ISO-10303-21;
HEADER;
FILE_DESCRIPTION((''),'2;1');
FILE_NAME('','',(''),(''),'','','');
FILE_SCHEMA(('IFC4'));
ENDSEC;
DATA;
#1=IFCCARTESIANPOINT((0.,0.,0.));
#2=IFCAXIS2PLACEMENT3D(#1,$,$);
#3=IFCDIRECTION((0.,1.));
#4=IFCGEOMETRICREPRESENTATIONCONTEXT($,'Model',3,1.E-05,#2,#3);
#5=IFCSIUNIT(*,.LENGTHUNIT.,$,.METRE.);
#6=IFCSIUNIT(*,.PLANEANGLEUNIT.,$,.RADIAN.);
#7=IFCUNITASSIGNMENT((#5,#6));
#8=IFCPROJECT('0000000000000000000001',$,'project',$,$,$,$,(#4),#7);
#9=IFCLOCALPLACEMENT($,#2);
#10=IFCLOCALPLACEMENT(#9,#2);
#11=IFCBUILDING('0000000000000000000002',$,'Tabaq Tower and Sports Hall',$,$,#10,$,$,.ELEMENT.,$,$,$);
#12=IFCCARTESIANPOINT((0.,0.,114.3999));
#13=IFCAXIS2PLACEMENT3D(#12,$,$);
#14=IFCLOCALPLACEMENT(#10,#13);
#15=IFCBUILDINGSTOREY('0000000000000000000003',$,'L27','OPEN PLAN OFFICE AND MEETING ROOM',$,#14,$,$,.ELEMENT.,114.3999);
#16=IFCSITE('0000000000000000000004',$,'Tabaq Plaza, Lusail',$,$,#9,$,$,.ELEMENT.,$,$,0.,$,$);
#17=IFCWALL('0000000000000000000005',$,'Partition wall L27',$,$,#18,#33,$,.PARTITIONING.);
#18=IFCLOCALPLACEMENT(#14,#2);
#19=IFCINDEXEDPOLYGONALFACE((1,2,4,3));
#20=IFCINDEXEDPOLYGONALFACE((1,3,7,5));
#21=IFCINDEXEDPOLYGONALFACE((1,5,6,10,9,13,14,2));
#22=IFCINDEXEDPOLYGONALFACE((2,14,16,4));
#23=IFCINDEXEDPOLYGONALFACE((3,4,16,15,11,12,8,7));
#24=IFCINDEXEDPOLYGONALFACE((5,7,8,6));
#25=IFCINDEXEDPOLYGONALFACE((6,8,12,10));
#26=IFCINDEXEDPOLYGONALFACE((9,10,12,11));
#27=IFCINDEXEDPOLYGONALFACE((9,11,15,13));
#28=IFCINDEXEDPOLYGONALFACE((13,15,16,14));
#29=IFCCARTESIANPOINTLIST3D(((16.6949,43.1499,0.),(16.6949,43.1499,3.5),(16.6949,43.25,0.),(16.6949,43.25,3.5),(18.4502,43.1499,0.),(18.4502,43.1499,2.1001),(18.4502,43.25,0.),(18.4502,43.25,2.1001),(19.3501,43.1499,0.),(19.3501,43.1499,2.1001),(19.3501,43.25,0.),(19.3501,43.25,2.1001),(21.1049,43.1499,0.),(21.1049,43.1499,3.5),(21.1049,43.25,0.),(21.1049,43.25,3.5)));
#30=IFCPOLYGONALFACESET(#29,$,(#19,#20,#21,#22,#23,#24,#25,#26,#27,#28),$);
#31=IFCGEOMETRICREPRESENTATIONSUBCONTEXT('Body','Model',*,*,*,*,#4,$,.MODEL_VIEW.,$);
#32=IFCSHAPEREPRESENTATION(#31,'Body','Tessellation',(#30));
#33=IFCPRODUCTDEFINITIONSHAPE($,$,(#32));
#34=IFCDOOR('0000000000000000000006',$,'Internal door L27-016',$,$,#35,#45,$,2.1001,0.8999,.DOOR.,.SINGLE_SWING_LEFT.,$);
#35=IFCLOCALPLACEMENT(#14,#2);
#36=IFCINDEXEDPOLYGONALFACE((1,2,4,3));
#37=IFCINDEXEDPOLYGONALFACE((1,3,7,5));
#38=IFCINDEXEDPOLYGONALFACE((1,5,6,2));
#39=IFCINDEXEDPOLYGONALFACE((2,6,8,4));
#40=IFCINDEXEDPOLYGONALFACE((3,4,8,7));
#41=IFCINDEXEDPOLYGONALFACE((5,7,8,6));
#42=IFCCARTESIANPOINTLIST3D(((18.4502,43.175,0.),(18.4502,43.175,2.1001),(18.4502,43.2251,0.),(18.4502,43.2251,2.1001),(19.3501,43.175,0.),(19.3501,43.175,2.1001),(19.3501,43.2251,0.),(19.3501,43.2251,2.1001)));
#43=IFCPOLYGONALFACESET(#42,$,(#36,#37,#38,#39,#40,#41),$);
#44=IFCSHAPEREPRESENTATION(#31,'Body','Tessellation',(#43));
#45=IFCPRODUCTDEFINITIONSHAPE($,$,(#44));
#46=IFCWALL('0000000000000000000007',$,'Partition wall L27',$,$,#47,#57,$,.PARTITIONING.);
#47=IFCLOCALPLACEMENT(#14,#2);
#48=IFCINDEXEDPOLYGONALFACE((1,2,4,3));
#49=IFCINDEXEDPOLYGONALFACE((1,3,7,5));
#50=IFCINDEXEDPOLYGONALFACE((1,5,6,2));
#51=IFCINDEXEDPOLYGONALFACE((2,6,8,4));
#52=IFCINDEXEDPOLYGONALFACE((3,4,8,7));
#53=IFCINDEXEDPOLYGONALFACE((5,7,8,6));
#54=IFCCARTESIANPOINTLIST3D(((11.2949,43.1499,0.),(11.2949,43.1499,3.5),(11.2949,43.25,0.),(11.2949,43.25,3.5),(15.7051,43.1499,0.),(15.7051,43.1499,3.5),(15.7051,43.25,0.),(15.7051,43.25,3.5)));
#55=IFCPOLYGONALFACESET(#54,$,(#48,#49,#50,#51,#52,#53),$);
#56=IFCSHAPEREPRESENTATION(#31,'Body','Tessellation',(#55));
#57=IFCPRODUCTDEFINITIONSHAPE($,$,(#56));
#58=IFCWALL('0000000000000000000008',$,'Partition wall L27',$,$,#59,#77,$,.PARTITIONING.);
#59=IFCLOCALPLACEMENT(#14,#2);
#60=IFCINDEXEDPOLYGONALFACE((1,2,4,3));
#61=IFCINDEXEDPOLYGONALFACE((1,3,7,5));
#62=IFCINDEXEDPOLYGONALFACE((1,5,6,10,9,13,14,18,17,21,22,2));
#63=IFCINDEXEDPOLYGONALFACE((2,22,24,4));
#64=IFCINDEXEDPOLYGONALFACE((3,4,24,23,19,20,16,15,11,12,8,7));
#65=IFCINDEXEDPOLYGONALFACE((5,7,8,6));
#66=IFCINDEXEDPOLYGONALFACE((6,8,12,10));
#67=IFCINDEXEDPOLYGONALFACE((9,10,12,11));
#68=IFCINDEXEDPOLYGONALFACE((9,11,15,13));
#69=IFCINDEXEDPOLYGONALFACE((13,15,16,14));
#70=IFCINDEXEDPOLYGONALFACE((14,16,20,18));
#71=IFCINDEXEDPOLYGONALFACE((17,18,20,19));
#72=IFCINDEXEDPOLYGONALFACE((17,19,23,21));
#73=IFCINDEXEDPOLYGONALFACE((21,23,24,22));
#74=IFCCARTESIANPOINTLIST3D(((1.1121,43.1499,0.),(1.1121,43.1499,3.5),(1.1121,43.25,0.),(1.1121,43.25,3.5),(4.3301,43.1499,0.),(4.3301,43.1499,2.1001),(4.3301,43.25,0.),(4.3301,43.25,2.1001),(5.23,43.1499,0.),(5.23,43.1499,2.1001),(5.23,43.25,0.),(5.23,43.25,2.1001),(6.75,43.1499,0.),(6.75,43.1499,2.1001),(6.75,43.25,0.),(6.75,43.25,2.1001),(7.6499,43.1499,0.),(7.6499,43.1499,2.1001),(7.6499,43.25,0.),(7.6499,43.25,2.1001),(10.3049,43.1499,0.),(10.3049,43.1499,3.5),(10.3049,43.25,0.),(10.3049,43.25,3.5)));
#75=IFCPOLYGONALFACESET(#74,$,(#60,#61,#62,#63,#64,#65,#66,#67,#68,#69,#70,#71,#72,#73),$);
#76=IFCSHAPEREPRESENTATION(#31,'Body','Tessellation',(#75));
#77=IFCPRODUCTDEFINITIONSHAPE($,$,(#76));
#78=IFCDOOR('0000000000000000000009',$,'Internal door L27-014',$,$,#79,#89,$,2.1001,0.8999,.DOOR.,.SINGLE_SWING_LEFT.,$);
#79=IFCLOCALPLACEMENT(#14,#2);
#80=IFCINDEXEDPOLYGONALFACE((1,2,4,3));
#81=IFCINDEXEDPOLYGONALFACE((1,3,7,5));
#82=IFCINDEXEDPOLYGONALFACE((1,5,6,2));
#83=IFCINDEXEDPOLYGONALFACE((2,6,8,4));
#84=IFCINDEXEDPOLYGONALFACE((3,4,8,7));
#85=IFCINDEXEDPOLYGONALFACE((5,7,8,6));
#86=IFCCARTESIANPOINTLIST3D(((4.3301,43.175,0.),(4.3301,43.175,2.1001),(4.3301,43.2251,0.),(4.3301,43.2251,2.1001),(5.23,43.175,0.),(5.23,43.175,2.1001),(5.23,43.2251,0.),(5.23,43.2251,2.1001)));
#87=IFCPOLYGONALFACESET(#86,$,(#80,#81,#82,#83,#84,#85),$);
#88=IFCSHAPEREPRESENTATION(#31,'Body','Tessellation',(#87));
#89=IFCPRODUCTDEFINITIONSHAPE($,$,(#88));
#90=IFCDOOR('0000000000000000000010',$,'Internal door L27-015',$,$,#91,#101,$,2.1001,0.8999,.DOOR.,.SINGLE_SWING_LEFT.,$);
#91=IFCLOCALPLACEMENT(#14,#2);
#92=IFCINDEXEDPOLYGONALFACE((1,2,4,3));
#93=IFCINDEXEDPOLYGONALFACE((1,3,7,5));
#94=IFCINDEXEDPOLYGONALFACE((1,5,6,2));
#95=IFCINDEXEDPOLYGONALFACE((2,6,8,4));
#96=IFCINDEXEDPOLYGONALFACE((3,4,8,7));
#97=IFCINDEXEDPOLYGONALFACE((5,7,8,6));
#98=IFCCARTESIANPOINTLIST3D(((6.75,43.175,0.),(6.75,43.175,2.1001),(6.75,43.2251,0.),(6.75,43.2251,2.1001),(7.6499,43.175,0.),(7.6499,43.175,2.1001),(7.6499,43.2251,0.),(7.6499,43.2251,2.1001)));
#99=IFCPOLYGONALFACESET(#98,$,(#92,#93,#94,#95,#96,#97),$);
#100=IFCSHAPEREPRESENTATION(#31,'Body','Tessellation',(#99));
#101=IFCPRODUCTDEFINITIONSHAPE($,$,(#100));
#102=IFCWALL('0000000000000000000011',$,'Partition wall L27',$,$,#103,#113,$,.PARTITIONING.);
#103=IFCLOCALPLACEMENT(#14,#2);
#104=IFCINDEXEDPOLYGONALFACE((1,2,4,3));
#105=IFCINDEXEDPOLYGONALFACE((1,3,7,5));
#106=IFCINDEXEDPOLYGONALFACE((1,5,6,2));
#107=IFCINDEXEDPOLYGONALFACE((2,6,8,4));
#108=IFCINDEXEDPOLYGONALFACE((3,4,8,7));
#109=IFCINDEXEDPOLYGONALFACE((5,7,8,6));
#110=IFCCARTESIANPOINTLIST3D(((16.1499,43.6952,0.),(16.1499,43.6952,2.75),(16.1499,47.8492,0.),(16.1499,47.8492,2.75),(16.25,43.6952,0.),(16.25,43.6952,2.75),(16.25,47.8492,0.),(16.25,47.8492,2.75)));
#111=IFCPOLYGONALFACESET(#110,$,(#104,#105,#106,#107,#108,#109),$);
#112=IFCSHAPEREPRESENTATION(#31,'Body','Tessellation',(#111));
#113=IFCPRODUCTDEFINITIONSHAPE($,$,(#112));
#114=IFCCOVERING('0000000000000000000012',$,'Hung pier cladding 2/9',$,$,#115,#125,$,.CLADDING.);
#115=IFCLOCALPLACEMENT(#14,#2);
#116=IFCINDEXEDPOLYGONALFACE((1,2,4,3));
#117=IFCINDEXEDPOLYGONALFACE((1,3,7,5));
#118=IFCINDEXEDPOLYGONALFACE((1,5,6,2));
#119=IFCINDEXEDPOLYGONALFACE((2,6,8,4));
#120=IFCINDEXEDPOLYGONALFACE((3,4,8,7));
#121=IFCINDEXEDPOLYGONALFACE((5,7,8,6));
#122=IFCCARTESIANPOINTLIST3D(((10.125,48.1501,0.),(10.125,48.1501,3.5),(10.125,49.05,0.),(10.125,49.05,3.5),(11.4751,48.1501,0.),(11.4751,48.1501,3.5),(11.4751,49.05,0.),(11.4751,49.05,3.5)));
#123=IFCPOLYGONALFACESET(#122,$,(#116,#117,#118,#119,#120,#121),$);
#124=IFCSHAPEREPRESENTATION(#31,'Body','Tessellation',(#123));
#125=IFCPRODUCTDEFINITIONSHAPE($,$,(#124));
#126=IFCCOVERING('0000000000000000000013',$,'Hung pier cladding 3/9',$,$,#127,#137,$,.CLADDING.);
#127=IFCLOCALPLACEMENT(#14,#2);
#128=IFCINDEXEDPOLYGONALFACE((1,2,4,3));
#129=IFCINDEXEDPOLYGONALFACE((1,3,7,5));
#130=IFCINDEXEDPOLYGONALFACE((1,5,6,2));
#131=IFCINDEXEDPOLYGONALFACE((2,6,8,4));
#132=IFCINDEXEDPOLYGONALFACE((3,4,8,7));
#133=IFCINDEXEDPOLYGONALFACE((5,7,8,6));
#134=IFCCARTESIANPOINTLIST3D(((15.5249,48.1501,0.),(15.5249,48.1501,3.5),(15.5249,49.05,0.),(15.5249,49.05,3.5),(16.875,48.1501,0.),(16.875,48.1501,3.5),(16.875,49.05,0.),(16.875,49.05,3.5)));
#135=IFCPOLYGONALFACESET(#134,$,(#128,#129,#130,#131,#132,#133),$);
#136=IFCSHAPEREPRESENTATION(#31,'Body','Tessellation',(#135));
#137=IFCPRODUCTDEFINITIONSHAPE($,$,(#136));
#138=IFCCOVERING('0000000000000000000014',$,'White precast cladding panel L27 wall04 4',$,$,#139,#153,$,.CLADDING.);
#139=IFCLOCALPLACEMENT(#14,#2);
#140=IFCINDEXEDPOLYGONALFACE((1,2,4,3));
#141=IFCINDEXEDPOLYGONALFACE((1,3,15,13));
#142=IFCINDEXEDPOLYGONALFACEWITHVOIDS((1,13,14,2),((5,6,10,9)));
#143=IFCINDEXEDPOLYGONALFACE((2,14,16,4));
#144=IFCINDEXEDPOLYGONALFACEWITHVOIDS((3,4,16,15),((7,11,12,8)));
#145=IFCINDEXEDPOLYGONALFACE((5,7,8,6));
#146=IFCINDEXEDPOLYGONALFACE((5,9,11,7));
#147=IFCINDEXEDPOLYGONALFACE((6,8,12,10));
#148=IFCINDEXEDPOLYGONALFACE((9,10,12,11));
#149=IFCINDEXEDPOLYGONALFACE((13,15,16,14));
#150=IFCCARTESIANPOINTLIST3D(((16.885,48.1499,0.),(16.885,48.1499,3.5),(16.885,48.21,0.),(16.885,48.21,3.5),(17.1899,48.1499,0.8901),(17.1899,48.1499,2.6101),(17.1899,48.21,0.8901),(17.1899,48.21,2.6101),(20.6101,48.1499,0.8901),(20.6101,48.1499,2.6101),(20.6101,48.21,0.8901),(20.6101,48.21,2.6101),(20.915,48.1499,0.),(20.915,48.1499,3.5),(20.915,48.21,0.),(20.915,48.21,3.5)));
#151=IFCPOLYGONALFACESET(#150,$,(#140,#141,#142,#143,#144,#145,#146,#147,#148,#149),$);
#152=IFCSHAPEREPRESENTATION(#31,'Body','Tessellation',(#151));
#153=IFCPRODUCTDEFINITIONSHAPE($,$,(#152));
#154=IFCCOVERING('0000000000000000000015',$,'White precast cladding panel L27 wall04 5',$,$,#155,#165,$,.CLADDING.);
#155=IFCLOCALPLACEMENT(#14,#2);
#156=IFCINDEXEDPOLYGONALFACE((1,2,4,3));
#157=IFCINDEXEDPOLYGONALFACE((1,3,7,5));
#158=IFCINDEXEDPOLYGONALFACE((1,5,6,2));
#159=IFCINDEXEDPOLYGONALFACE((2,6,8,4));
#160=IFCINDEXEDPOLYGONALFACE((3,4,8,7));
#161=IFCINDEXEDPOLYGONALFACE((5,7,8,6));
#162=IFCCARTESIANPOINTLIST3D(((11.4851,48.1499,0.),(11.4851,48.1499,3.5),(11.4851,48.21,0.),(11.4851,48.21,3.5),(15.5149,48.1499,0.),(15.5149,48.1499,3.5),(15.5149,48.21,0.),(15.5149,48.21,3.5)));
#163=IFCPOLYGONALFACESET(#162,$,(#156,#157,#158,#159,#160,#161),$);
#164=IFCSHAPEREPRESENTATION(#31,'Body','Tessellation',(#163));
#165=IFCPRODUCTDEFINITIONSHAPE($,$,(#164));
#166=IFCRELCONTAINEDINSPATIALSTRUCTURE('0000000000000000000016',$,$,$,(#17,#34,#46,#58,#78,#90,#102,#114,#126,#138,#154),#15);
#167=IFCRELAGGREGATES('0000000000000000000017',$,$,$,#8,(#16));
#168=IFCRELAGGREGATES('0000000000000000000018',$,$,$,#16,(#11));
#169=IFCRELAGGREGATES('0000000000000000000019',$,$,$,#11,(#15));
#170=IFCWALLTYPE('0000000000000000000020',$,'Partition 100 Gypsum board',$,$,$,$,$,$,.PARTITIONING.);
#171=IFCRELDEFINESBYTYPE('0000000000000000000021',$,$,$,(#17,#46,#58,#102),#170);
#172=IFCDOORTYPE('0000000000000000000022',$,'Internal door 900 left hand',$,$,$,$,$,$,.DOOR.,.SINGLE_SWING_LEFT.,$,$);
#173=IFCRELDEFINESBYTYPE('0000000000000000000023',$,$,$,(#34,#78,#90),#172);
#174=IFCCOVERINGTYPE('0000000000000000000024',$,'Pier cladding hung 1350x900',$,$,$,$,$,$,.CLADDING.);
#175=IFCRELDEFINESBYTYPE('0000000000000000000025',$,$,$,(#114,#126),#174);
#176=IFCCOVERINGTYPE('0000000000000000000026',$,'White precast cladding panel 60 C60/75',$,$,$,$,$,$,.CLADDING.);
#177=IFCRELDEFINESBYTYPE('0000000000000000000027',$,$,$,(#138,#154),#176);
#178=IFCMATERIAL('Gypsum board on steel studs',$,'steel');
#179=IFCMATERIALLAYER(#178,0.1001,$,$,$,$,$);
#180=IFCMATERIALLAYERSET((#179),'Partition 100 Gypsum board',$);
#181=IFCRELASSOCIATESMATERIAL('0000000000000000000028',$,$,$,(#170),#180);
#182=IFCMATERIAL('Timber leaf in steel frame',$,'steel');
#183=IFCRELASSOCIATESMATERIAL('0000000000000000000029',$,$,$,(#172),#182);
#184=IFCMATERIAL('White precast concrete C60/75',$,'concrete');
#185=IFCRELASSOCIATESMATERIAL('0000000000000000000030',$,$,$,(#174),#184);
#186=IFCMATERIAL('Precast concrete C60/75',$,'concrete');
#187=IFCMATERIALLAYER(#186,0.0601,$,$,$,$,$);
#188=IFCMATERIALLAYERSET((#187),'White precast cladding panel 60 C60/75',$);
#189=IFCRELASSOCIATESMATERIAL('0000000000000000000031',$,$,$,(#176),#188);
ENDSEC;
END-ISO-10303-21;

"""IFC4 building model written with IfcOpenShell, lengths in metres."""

from ifc_helpers import new_model, si_unit, direction, frame, frame_2d, origin, place, context, subcontext, project, spatial, polyline, rectangle, outline, extrude, material, layer, layer_set, type_object, element, fill, save


model = new_model("IFC4")

# Units and contexts
model_context = context("Model", 3, precision=1e-05, world=origin(), true_north=direction((0.0, 1.0)))
body_context = subcontext(model_context, "Body", "Model", "MODEL_VIEW")
ifc_project = project(units=[si_unit("LENGTHUNIT", "METRE"), si_unit("PLANEANGLEUNIT", "RADIAN")], contexts=[model_context])

# Site, building, storey
site_placement = place(None, origin())
site = spatial("IfcSite", under=ifc_project, at=site_placement, Name="Tabaq Plaza, Lusail", CompositionType="ELEMENT", RefElevation=0.0)
building_placement = place(site_placement, origin())
building = spatial("IfcBuilding", under=site, at=building_placement, Name="Tabaq Tower and Sports Hall", CompositionType="ELEMENT")
storey_placement = place(building_placement, frame((0.0, 0.0, 114.3999)))
storey = spatial("IfcBuildingStorey", under=building, at=storey_placement, Name="L27", Description="OPEN PLAN OFFICE AND MEETING ROOM", CompositionType="ELEMENT", Elevation=114.3999)

# Wall, opening, door
ifc_material_1 = material(Name="Gypsum board on steel studs", Category="steel")
ifc_layer_1 = layer(ifc_material_1, 0.1001)
ifc_layer_set_1 = layer_set([ifc_layer_1], Name="Partition 100 Gypsum board")
wall_type = type_object("IfcWallType", Name="Partition 100 Gypsum board", PredefinedType="PARTITIONING", material=ifc_layer_set_1)
ifc_material_2 = material(Name="Timber leaf in steel frame", Category="steel")
door_type_1 = type_object("IfcDoorType", Name="Internal door 900 left hand", OperationType="SINGLE_SWING_LEFT", PredefinedType="DOOR", material=ifc_material_2)
wall_1_placement = place(storey_placement, frame((21.105, 43.2, 0.0), z_axis=(0.0, 0.0, 1.0), x_axis=(-1.0, 0.0, 0.0)))
wall_1 = element("IfcWall", 1, at=wall_1_placement, inside=storey, type_object=wall_type, Name="Partition wall L27", PredefinedType="PARTITIONING", context=body_context, shape_type="SweptSolid", body=[
    extrude(rectangle(XDim=4.4099, YDim=0.1001, at=frame_2d((2.2051, 0.0))), origin(), (0.0, 0.0, 1.0), 3.5),
])
opening_1_placement = place(wall_1_placement, frame((1.7549, 0.0, 0.0)))
opening_1 = element("IfcOpeningElement", 2, at=opening_1_placement, cuts=wall_1, PredefinedType="OPENING", context=body_context, shape_type="SweptSolid", body=[
    extrude(rectangle(XDim=0.8999, YDim=2.1001, at=frame_2d((0.45, 1.05))), frame((0.0, 0.05, 0.0), z_axis=(0.0, -1.0, 0.0), x_axis=(1.0, 0.0, 0.0)), (0.0, 0.0, 1.0), 0.1001),
])
door_1_placement = place(opening_1_placement, origin())
door_1 = element("IfcDoor", 3, at=door_1_placement, inside=storey, type_object=door_type_1, Name="Internal door L27-016", OperationType="SINGLE_SWING_LEFT", OverallHeight=2.1001, OverallWidth=0.8999, PredefinedType="DOOR", context=body_context, shape_type="SweptSolid", body=[
    extrude(rectangle(XDim=0.8999, YDim=2.1001, at=frame_2d((0.45, 1.05))), frame((0.0, 0.0249, 0.0), z_axis=(0.0, -1.0, 0.0), x_axis=(1.0, 0.0, 0.0)), (0.0, 0.0, 1.0), 0.05),
])
fill(opening_1, door_1)

# Wall
wall_2_placement = place(storey_placement, frame((15.7051, 43.2, 0.0), z_axis=(0.0, 0.0, 1.0), x_axis=(-1.0, 0.0, 0.0)))
element("IfcWall", 4, at=wall_2_placement, inside=storey, type_object=wall_type, Name="Partition wall L27", PredefinedType="PARTITIONING", context=body_context, shape_type="SweptSolid", body=[
    extrude(rectangle(XDim=4.4102, YDim=0.1001, at=frame_2d((2.2051, 0.0))), origin(), (0.0, 0.0, 1.0), 3.5),
])

# Wall, openings, doors
wall_3_placement = place(storey_placement, frame((10.3049, 43.2, 0.0), z_axis=(0.0, 0.0, 1.0), x_axis=(-1.0, 0.0, 0.0)))
wall_3 = element("IfcWall", 5, at=wall_3_placement, inside=storey, type_object=wall_type, Name="Partition wall L27", PredefinedType="PARTITIONING", context=body_context, shape_type="SweptSolid", body=[
    extrude(rectangle(XDim=9.1929, YDim=0.1001, at=frame_2d((4.5964, 0.0))), origin(), (0.0, 0.0, 1.0), 3.5),
])
opening_2_placement = place(wall_3_placement, frame((5.075, 0.0, 0.0)))
opening_2 = element("IfcOpeningElement", 6, at=opening_2_placement, cuts=wall_3, PredefinedType="OPENING", context=body_context, shape_type="SweptSolid", body=[
    extrude(rectangle(XDim=0.8999, YDim=2.1001, at=frame_2d((0.45, 1.05))), frame((0.0, 0.05, 0.0), z_axis=(0.0, -1.0, 0.0), x_axis=(1.0, 0.0, 0.0)), (0.0, 0.0, 1.0), 0.1001),
])
opening_3_placement = place(wall_3_placement, frame((2.655, 0.0, 0.0)))
opening_3 = element("IfcOpeningElement", 7, at=opening_3_placement, cuts=wall_3, PredefinedType="OPENING", context=body_context, shape_type="SweptSolid", body=[
    extrude(rectangle(XDim=0.8999, YDim=2.1001, at=frame_2d((0.45, 1.05))), frame((0.0, 0.05, 0.0), z_axis=(0.0, -1.0, 0.0), x_axis=(1.0, 0.0, 0.0)), (0.0, 0.0, 1.0), 0.1001),
])
door_2_placement = place(opening_2_placement, origin())
door_2 = element("IfcDoor", 8, at=door_2_placement, inside=storey, type_object=door_type_1, Name="Internal door L27-014", OperationType="SINGLE_SWING_LEFT", OverallHeight=2.1001, OverallWidth=0.8999, PredefinedType="DOOR", context=body_context, shape_type="SweptSolid", body=[
    extrude(rectangle(XDim=0.8999, YDim=2.1001, at=frame_2d((0.45, 1.05))), frame((0.0, 0.0249, 0.0), z_axis=(0.0, -1.0, 0.0), x_axis=(1.0, 0.0, 0.0)), (0.0, 0.0, 1.0), 0.05),
])
fill(opening_2, door_2)
door_3_placement = place(opening_3_placement, origin())
door_3 = element("IfcDoor", 9, at=door_3_placement, inside=storey, type_object=door_type_1, Name="Internal door L27-015", OperationType="SINGLE_SWING_LEFT", OverallHeight=2.1001, OverallWidth=0.8999, PredefinedType="DOOR", context=body_context, shape_type="SweptSolid", body=[
    extrude(rectangle(XDim=0.8999, YDim=2.1001, at=frame_2d((0.45, 1.05))), frame((0.0, 0.0249, 0.0), z_axis=(0.0, -1.0, 0.0), x_axis=(1.0, 0.0, 0.0)), (0.0, 0.0, 1.0), 0.05),
])
fill(opening_3, door_3)

# Wall
wall_4_placement = place(storey_placement, frame((16.2, 43.6951, 0.0), z_axis=(0.0, 0.0, 1.0), x_axis=(0.0, 1.0, 0.0)))
element("IfcWall", 10, at=wall_4_placement, inside=storey, type_object=wall_type, Name="Partition wall L27", PredefinedType="PARTITIONING", context=body_context, shape_type="SweptSolid", body=[
    extrude(rectangle(XDim=4.1541, YDim=0.1001, at=frame_2d((2.0771, 0.0))), origin(), (0.0, 0.0, 1.0), 2.75),
])

# Coverings
ifc_material_3 = material(Name="White precast concrete C60/75", Category="concrete")
covering_type_1 = type_object("IfcCoveringType", Name="Pier cladding hung 1350x900", PredefinedType="CLADDING", material=ifc_material_3)
for number, where, z_axis, x_axis, name in (
    (11, (11.4751, 48.6001, 0.0), (0.0, 0.0, 1.0), (-1.0, 0.0, 0.0), "Hung pier cladding 2/9"),
    (12, (16.875, 48.6001, 0.0), (0.0, 0.0, 1.0), (-1.0, 0.0, 0.0), "Hung pier cladding 3/9"),
):
    element("IfcCovering", number, at=place(storey_placement, frame(where, z_axis=z_axis, x_axis=x_axis)), inside=storey, type_object=covering_type_1, Name=name, PredefinedType="CLADDING", context=body_context, shape_type="SweptSolid", body=[
        extrude(rectangle(XDim=1.3501, YDim=0.8999, at=frame_2d((0.675, 0.0))), origin(), (0.0, 0.0, 1.0), 3.5),
    ])
ifc_material_4 = material(Name="Precast concrete C60/75", Category="concrete")
ifc_layer_2 = layer(ifc_material_4, 0.0601)
ifc_layer_set_2 = layer_set([ifc_layer_2], Name="White precast cladding panel 60 C60/75")
covering_type_2 = type_object("IfcCoveringType", Name="White precast cladding panel 60 C60/75", PredefinedType="CLADDING", material=ifc_layer_set_2)
covering_1_placement = place(storey_placement, frame((20.915, 48.1799, 0.0), z_axis=(0.0, 0.0, 1.0), x_axis=(-1.0, 0.0, 0.0)))
element("IfcCovering", 13, at=covering_1_placement, inside=storey, type_object=covering_type_2, Name="White precast cladding panel L27 wall04 4", PredefinedType="CLADDING", context=body_context, shape_type="SweptSolid", body=[
    extrude(outline(polyline([(0.0, 0.0), (4.03, 0.0), (4.03, 3.5), (0.0, 3.5), (0.0, 0.0)]), holes=[polyline([(0.3049, 0.8901), (0.3049, 2.6101), (3.7251, 2.6101), (3.7251, 0.8901), (0.3049, 0.8901)])]), frame((0.0, 0.03, 0.0), z_axis=(0.0, -1.0, 0.0), x_axis=(1.0, 0.0, 0.0)), (0.0, 0.0, 1.0), 0.0601),
])
covering_2_placement = place(storey_placement, frame((15.5149, 48.1799, 0.0), z_axis=(0.0, 0.0, 1.0), x_axis=(-1.0, 0.0, 0.0)))
element("IfcCovering", 14, at=covering_2_placement, inside=storey, type_object=covering_type_2, Name="White precast cladding panel L27 wall04 5", PredefinedType="CLADDING", context=body_context, shape_type="SweptSolid", body=[
    extrude(rectangle(XDim=4.0298, YDim=0.0601, at=frame_2d((2.0149, 0.0))), origin(), (0.0, 0.0, 1.0), 3.5),
])

save(model, "model.ifc")
